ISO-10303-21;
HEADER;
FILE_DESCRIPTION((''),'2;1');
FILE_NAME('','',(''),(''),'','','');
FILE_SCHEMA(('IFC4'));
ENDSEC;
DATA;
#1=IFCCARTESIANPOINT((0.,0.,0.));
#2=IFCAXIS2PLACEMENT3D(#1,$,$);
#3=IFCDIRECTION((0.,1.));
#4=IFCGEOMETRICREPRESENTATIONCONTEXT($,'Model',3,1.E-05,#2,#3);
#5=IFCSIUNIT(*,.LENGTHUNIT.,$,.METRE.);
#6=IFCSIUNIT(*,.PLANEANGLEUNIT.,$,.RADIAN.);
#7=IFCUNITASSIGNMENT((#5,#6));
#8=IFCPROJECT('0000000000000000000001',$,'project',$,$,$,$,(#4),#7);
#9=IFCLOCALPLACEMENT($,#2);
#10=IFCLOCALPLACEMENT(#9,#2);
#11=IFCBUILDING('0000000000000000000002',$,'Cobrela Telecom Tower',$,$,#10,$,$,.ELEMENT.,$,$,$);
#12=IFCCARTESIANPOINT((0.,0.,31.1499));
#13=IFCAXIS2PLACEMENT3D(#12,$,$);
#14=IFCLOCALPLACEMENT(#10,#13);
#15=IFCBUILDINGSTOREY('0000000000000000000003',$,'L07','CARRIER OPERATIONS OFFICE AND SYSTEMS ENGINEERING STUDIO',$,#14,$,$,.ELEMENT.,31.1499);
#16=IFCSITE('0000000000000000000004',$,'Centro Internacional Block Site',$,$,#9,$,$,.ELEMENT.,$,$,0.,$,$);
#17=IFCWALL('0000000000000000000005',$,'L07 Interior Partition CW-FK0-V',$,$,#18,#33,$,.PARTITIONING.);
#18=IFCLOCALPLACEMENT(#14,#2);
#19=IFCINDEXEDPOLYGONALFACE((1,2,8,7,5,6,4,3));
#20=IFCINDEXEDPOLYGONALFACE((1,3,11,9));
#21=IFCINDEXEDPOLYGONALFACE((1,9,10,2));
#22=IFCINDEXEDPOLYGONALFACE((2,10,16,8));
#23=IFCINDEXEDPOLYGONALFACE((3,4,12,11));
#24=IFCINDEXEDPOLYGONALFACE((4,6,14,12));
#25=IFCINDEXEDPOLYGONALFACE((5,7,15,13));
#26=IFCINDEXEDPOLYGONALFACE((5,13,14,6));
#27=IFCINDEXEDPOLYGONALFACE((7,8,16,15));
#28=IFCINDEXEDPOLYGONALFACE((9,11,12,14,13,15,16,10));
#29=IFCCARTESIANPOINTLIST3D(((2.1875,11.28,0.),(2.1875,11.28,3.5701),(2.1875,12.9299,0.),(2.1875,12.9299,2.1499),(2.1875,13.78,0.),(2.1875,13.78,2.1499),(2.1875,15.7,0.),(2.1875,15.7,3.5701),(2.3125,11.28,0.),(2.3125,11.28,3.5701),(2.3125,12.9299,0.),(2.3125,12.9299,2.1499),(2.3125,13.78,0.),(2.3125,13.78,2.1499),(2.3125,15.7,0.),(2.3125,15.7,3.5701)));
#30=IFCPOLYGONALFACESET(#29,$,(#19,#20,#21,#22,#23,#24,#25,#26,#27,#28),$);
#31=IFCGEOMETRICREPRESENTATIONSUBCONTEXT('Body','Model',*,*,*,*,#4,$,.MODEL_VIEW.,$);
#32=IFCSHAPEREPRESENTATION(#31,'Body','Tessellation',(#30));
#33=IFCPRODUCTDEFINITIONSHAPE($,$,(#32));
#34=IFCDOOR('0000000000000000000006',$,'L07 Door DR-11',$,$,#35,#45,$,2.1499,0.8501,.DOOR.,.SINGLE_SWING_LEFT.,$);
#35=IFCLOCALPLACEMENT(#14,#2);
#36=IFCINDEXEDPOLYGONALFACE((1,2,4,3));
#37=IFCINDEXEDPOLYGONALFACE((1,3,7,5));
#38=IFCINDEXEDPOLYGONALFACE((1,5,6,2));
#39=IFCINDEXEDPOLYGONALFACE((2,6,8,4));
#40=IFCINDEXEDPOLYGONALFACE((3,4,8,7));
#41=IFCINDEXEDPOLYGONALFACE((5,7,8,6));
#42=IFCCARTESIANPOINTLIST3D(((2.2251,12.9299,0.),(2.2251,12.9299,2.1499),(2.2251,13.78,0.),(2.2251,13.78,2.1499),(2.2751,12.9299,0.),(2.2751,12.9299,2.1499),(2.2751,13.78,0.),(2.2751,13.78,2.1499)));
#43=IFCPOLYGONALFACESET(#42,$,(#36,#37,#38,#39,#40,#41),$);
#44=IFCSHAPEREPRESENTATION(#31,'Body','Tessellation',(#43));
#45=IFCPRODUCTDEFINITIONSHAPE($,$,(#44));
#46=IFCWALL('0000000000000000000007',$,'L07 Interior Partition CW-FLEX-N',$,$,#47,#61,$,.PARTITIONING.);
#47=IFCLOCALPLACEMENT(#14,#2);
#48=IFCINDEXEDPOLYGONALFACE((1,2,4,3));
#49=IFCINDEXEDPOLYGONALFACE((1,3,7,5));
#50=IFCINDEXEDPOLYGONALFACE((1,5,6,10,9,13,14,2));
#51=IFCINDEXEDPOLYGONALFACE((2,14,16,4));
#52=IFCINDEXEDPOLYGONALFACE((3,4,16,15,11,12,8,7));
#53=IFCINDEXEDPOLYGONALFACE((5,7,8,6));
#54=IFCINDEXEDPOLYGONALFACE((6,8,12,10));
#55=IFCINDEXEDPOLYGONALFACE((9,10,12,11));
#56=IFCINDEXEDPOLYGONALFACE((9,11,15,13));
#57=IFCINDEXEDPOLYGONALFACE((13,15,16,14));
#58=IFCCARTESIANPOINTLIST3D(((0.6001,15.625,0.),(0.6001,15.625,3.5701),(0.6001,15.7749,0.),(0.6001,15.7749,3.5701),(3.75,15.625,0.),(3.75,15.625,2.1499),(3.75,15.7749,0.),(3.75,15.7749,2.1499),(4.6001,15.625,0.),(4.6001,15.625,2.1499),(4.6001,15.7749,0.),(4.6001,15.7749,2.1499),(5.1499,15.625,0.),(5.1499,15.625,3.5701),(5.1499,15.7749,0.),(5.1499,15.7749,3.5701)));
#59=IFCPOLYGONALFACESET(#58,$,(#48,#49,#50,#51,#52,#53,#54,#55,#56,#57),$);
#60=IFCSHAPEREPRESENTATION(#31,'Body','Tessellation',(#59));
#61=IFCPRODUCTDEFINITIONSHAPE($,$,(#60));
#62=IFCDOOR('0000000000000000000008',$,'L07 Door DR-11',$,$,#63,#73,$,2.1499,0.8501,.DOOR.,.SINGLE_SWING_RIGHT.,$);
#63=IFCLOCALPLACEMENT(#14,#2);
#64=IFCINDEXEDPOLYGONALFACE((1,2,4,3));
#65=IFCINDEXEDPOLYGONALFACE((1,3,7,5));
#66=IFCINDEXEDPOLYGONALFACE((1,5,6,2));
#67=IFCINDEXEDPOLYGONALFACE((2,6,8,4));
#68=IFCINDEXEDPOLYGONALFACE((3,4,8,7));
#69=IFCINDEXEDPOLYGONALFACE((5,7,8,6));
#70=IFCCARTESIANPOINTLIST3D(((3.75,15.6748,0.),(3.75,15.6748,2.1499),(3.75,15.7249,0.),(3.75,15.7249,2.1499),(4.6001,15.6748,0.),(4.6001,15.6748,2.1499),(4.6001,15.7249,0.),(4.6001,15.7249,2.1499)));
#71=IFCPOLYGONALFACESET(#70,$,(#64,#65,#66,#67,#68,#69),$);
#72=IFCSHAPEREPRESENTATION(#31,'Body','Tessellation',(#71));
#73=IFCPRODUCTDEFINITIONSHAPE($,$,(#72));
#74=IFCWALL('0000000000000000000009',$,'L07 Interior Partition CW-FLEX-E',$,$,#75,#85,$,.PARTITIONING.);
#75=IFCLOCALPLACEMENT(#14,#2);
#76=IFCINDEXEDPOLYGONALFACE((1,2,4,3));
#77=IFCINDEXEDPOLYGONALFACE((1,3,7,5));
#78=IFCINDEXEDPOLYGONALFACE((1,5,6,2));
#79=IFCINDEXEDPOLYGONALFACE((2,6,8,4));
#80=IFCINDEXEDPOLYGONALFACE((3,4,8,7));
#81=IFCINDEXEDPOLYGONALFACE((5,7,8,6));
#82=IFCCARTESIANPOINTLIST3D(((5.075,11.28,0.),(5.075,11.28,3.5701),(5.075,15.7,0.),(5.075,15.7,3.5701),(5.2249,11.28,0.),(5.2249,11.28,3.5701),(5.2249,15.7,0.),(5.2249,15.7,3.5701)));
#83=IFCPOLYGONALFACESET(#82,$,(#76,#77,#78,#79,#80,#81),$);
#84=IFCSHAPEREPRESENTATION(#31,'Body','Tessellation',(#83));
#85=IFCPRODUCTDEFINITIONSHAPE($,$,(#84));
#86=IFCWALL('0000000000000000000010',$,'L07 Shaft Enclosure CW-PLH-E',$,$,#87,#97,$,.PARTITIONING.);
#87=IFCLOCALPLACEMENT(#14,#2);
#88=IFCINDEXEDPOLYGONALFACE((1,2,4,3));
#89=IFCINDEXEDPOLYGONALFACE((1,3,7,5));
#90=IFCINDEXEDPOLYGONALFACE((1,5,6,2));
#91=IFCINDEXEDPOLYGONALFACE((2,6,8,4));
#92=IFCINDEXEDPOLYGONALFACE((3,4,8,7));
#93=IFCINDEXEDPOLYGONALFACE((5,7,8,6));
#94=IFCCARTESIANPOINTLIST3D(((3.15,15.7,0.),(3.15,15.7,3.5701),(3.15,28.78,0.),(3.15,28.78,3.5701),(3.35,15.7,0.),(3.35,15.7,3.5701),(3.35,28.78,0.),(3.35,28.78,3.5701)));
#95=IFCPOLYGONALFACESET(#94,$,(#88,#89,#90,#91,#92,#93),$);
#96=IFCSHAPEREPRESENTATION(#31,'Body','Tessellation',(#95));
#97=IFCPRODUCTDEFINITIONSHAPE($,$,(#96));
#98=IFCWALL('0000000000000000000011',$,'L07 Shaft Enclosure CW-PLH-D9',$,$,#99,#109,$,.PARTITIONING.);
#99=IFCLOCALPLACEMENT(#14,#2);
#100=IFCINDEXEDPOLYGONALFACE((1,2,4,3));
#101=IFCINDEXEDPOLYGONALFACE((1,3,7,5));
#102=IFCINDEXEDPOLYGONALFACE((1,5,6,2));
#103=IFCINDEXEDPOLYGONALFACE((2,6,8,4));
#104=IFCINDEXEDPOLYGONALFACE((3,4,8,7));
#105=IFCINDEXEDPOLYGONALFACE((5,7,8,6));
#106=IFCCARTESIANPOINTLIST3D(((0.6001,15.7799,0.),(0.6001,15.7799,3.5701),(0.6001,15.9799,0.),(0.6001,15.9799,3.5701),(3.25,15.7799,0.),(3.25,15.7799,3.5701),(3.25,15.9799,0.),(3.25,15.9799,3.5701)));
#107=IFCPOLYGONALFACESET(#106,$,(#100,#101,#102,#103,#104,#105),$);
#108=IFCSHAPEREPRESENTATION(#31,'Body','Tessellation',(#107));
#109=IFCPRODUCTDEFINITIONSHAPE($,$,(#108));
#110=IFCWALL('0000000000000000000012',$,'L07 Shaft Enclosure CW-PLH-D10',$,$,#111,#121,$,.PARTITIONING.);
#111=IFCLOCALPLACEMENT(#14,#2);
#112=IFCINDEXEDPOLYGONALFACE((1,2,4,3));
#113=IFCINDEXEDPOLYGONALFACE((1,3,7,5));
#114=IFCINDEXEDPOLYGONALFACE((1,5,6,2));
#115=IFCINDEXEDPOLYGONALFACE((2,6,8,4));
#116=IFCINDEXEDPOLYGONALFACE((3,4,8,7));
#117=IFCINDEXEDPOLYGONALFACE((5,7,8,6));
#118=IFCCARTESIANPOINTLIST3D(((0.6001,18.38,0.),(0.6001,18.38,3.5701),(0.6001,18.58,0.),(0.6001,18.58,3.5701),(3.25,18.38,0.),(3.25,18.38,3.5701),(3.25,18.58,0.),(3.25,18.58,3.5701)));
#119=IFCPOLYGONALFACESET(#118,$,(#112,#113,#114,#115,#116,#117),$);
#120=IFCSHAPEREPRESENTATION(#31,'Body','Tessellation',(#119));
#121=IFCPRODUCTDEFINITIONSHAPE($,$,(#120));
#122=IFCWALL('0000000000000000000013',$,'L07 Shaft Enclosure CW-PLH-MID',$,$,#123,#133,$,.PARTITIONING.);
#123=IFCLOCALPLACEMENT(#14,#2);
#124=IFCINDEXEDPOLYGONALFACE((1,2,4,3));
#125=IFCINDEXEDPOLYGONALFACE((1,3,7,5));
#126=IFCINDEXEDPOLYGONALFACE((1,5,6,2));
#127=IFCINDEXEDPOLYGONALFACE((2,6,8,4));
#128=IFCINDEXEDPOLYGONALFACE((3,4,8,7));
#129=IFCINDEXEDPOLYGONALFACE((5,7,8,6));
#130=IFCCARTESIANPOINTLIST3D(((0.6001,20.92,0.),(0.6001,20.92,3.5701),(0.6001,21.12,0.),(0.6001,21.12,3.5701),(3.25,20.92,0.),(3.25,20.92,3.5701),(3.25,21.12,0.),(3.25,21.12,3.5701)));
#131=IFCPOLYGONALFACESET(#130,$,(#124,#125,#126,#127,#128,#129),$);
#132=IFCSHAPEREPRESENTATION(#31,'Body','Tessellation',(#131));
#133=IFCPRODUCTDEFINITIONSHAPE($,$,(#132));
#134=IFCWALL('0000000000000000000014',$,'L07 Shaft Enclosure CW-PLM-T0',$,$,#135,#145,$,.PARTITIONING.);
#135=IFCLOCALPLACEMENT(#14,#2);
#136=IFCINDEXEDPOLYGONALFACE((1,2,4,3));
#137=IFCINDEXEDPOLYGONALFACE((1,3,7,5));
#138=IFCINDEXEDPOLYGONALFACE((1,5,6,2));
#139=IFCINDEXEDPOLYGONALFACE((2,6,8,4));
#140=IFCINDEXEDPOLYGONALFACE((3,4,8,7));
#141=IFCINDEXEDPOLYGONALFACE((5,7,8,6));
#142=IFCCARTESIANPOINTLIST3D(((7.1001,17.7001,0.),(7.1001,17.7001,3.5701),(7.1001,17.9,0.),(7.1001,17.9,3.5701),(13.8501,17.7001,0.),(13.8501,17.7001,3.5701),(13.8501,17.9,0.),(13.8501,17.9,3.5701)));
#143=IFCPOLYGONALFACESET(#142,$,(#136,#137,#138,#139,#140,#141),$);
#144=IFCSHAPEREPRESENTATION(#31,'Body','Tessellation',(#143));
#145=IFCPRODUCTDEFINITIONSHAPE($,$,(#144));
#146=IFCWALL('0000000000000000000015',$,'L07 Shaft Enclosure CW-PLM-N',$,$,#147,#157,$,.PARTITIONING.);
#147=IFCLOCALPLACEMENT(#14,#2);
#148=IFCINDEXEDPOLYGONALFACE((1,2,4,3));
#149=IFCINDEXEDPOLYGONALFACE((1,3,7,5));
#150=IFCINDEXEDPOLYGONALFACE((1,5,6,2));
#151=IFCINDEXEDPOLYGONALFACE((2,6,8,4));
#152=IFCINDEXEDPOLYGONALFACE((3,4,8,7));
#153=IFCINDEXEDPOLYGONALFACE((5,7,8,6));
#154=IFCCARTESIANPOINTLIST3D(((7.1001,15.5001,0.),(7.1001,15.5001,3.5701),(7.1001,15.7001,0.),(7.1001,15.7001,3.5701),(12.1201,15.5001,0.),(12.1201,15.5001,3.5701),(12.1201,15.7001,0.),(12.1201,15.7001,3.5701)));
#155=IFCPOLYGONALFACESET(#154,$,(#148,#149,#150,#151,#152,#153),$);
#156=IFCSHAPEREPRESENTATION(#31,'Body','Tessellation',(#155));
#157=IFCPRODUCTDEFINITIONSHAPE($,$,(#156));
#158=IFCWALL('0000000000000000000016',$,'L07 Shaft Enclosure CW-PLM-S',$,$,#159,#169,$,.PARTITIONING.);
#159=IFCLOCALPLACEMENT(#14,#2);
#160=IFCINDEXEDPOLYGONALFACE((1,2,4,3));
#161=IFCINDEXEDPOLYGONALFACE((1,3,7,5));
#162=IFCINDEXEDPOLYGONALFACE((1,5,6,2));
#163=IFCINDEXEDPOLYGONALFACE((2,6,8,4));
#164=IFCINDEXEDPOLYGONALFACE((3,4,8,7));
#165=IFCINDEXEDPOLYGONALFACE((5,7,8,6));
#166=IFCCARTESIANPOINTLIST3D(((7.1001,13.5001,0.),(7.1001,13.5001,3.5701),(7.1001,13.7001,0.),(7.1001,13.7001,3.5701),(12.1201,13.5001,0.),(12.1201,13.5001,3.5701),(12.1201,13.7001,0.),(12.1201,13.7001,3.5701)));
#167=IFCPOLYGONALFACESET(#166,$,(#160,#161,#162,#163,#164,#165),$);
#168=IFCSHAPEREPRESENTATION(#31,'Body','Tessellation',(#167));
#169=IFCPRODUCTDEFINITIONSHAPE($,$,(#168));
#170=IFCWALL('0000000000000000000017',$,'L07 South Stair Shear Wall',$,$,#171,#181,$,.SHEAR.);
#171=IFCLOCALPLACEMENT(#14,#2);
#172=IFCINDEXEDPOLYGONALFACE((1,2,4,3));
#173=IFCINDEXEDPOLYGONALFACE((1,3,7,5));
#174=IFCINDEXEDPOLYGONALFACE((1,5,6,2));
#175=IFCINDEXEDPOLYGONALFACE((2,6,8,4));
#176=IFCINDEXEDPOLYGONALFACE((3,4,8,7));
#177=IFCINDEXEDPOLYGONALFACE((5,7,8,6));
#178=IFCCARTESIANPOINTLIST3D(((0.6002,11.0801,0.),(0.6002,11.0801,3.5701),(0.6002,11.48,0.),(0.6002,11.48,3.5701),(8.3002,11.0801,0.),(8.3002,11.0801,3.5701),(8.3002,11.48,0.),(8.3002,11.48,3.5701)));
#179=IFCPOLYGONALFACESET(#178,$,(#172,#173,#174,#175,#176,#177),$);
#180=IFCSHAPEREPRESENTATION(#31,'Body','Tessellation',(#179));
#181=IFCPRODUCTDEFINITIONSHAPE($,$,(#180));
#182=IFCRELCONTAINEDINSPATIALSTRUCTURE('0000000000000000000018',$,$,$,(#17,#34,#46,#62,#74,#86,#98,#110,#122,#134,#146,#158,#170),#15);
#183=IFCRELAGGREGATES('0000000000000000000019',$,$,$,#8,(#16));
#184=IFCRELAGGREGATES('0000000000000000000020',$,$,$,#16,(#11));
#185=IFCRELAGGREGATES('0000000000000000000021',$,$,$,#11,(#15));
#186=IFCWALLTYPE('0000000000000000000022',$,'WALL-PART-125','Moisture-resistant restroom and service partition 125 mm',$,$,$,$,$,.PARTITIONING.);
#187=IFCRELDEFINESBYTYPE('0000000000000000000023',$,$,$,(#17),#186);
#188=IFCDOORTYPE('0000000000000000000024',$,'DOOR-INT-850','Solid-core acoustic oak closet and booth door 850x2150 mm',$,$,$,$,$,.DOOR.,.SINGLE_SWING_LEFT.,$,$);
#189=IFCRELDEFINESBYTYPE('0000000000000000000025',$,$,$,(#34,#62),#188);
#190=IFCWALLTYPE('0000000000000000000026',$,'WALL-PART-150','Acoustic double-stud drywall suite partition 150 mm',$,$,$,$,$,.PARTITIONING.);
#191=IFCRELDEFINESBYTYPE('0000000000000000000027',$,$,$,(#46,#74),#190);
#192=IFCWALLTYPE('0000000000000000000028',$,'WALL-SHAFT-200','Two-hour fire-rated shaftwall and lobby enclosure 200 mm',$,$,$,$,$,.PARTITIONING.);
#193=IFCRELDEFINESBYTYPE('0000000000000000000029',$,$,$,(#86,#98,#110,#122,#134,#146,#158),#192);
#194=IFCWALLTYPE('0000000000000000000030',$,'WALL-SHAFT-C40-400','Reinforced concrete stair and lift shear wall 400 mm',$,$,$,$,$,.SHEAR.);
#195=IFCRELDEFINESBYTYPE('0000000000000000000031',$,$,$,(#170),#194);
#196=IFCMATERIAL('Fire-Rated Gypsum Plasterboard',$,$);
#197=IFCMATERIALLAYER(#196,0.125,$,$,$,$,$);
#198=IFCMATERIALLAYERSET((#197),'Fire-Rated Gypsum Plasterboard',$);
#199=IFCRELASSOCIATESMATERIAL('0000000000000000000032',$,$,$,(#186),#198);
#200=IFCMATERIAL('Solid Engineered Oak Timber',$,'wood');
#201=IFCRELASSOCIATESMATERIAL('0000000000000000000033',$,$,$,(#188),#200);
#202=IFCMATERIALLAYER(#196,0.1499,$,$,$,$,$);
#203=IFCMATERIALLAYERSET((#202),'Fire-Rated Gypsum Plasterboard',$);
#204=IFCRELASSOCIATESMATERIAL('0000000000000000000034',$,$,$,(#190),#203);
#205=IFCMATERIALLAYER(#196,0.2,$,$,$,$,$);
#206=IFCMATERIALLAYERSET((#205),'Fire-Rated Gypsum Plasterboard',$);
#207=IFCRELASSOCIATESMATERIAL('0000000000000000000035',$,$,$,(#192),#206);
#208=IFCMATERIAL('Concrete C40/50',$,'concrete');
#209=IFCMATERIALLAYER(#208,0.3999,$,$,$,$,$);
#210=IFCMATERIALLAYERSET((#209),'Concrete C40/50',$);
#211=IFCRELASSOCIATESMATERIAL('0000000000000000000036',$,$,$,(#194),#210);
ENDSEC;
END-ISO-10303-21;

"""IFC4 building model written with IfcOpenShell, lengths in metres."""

from ifc_helpers import new_model, si_unit, direction, frame, frame_2d, origin, place, context, subcontext, project, spatial, rectangle, extrude, material, layer, layer_set, type_object, element, fill, save


model = new_model("IFC4")

# Units and contexts
model_context = context("Model", 3, precision=1e-05, world=origin(), true_north=direction((0.0, 1.0)))
body_context = subcontext(model_context, "Body", "Model", "MODEL_VIEW")
ifc_project = project(units=[si_unit("LENGTHUNIT", "METRE"), si_unit("PLANEANGLEUNIT", "RADIAN")], contexts=[model_context])

# Site, building, storey
site_placement = place(None, origin())
site = spatial("IfcSite", under=ifc_project, at=site_placement, Name="Centro Internacional Block Site", CompositionType="ELEMENT", RefElevation=0.0)
building_placement = place(site_placement, origin())
building = spatial("IfcBuilding", under=site, at=building_placement, Name="Cobrela Telecom Tower", CompositionType="ELEMENT")
storey_placement = place(building_placement, frame((0.0, 0.0, 31.1499)))
storey = spatial("IfcBuildingStorey", under=building, at=storey_placement, Name="L07", Description="CARRIER OPERATIONS OFFICE AND SYSTEMS ENGINEERING STUDIO", CompositionType="ELEMENT", Elevation=31.1499)

# Walls, openings, doors
ifc_material_1 = material(Name="Fire-Rated Gypsum Plasterboard")
ifc_layer_1 = layer(ifc_material_1, 0.125)
ifc_layer_set_1 = layer_set([ifc_layer_1], Name="Fire-Rated Gypsum Plasterboard")
wall_type_1 = type_object("IfcWallType", Name="WALL-PART-125", Description="Moisture-resistant restroom and service partition 125 mm", PredefinedType="PARTITIONING", material=ifc_layer_set_1)
wall_1_placement = place(storey_placement, frame((2.25, 11.28, 0.0), z_axis=(0.0, 0.0, 1.0), x_axis=(0.0, 1.0, 0.0)))
wall_1 = element("IfcWall", 1, at=wall_1_placement, inside=storey, type_object=wall_type_1, Name="L07 Interior Partition CW-FK0-V", PredefinedType="PARTITIONING", context=body_context, shape_type="SweptSolid", body=[
    extrude(rectangle(XDim=4.4199, YDim=0.125, at=frame_2d((2.21, 0.0))), origin(), (0.0, 0.0, 1.0), 3.5701),
])
opening_1_placement = place(wall_1_placement, frame((1.6499, 0.0, 0.0)))
opening_1 = element("IfcOpeningElement", 2, at=opening_1_placement, cuts=wall_1, PredefinedType="OPENING", context=body_context, shape_type="SweptSolid", body=[
    extrude(rectangle(XDim=0.8501, YDim=2.1499, at=frame_2d((0.425, 1.075))), frame((0.0, 0.0745, 0.0), z_axis=(0.0, -1.0, 0.0), x_axis=(1.0, 0.0, 0.0)), (0.0, 0.0, 1.0), 0.1489),
])
ifc_material_2 = material(Name="Solid Engineered Oak Timber", Category="wood")
door_type = type_object("IfcDoorType", Name="DOOR-INT-850", Description="Solid-core acoustic oak closet and booth door 850x2150 mm", OperationType="SINGLE_SWING_LEFT", PredefinedType="DOOR", material=ifc_material_2)
door_1_placement = place(opening_1_placement, origin())
door_1 = element("IfcDoor", 3, at=door_1_placement, inside=storey, type_object=door_type, Name="L07 Door DR-11", OperationType="SINGLE_SWING_LEFT", OverallHeight=2.1499, OverallWidth=0.8501, PredefinedType="DOOR", context=body_context, shape_type="SweptSolid", body=[
    extrude(rectangle(XDim=0.8501, YDim=2.1499, at=frame_2d((0.425, 1.075))), frame((0.0, 0.0249, 0.0), z_axis=(0.0, -1.0, 0.0), x_axis=(1.0, 0.0, 0.0)), (0.0, 0.0, 1.0), 0.05),
])
fill(opening_1, door_1)
ifc_layer_2 = layer(ifc_material_1, 0.1499)
ifc_layer_set_2 = layer_set([ifc_layer_2], Name="Fire-Rated Gypsum Plasterboard")
wall_type_2 = type_object("IfcWallType", Name="WALL-PART-150", Description="Acoustic double-stud drywall suite partition 150 mm", PredefinedType="PARTITIONING", material=ifc_layer_set_2)
wall_2_placement = place(storey_placement, frame((0.6001, 15.7, 0.0), z_axis=(0.0, 0.0, 1.0), x_axis=(1.0, 0.0, 0.0)))
wall_2 = element("IfcWall", 4, at=wall_2_placement, inside=storey, type_object=wall_type_2, Name="L07 Interior Partition CW-FLEX-N", PredefinedType="PARTITIONING", context=body_context, shape_type="SweptSolid", body=[
    extrude(rectangle(XDim=4.5498, YDim=0.1499, at=frame_2d((2.2749, 0.0))), origin(), (0.0, 0.0, 1.0), 3.5701),
])
opening_2_placement = place(wall_2_placement, frame((3.1499, 0.0, 0.0)))
opening_2 = element("IfcOpeningElement", 5, at=opening_2_placement, cuts=wall_2, PredefinedType="OPENING", context=body_context, shape_type="SweptSolid", body=[
    extrude(rectangle(XDim=0.8501, YDim=2.1499, at=frame_2d((0.425, 1.075))), frame((0.0, 0.0869, 0.0), z_axis=(0.0, -1.0, 0.0), x_axis=(1.0, 0.0, 0.0)), (0.0, 0.0, 1.0), 0.1738),
])
door_2_placement = place(opening_2_placement, origin())
door_2 = element("IfcDoor", 6, at=door_2_placement, inside=storey, type_object=door_type, Name="L07 Door DR-11", OperationType="SINGLE_SWING_RIGHT", OverallHeight=2.1499, OverallWidth=0.8501, PredefinedType="DOOR", context=body_context, shape_type="SweptSolid", body=[
    extrude(rectangle(XDim=0.8501, YDim=2.1499, at=frame_2d((0.425, 1.075))), frame((0.0, 0.0249, 0.0), z_axis=(0.0, -1.0, 0.0), x_axis=(1.0, 0.0, 0.0)), (0.0, 0.0, 1.0), 0.05),
])
fill(opening_2, door_2)

# Walls
wall_3_placement = place(storey_placement, frame((5.1499, 11.28, 0.0), z_axis=(0.0, 0.0, 1.0), x_axis=(0.0, 1.0, 0.0)))
element("IfcWall", 7, at=wall_3_placement, inside=storey, type_object=wall_type_2, Name="L07 Interior Partition CW-FLEX-E", PredefinedType="PARTITIONING", context=body_context, shape_type="SweptSolid", body=[
    extrude(rectangle(XDim=4.4199, YDim=0.1499, at=frame_2d((2.21, 0.0))), origin(), (0.0, 0.0, 1.0), 3.5701),
])
ifc_layer_3 = layer(ifc_material_1, 0.2)
ifc_layer_set_3 = layer_set([ifc_layer_3], Name="Fire-Rated Gypsum Plasterboard")
wall_type_3 = type_object("IfcWallType", Name="WALL-SHAFT-200", Description="Two-hour fire-rated shaftwall and lobby enclosure 200 mm", PredefinedType="PARTITIONING", material=ifc_layer_set_3)
wall_4_placement = place(storey_placement, frame((3.25, 15.7, 0.0), z_axis=(0.0, 0.0, 1.0), x_axis=(0.0, 1.0, 0.0)))
element("IfcWall", 8, at=wall_4_placement, inside=storey, type_object=wall_type_3, Name="L07 Shaft Enclosure CW-PLH-E", PredefinedType="PARTITIONING", context=body_context, shape_type="SweptSolid", body=[
    extrude(rectangle(XDim=13.0801, YDim=0.2, at=frame_2d((6.54, 0.0))), origin(), (0.0, 0.0, 1.0), 3.5701),
])
for number, where, z_axis, x_axis, name in (
    (9, (0.6001, 15.8799, 0.0), (0.0, 0.0, 1.0), (1.0, 0.0, 0.0), "L07 Shaft Enclosure CW-PLH-D9"),
    (10, (0.6001, 18.48, 0.0), (0.0, 0.0, 1.0), (1.0, 0.0, 0.0), "L07 Shaft Enclosure CW-PLH-D10"),
    (11, (0.6001, 21.02, 0.0), (0.0, 0.0, 1.0), (1.0, 0.0, 0.0), "L07 Shaft Enclosure CW-PLH-MID"),
):
    element("IfcWall", number, at=place(storey_placement, frame(where, z_axis=z_axis, x_axis=x_axis)), inside=storey, type_object=wall_type_3, Name=name, PredefinedType="PARTITIONING", context=body_context, shape_type="SweptSolid", body=[
        extrude(rectangle(XDim=2.6499, YDim=0.2, at=frame_2d((1.325, 0.0))), origin(), (0.0, 0.0, 1.0), 3.5701),
    ])
wall_5_placement = place(storey_placement, frame((7.1001, 17.8, 0.0), z_axis=(0.0, 0.0, 1.0), x_axis=(1.0, 0.0, 0.0)))
element("IfcWall", 12, at=wall_5_placement, inside=storey, type_object=wall_type_3, Name="L07 Shaft Enclosure CW-PLM-T0", PredefinedType="PARTITIONING", context=body_context, shape_type="SweptSolid", body=[
    extrude(rectangle(XDim=6.75, YDim=0.2, at=frame_2d((3.375, 0.0))), origin(), (0.0, 0.0, 1.0), 3.5701),
])
for number, where, z_axis, x_axis, name in (
    (13, (7.1001, 15.6001, 0.0), (0.0, 0.0, 1.0), (1.0, 0.0, 0.0), "L07 Shaft Enclosure CW-PLM-N"),
    (14, (7.1001, 13.6001, 0.0), (0.0, 0.0, 1.0), (1.0, 0.0, 0.0), "L07 Shaft Enclosure CW-PLM-S"),
):
    element("IfcWall", number, at=place(storey_placement, frame(where, z_axis=z_axis, x_axis=x_axis)), inside=storey, type_object=wall_type_3, Name=name, PredefinedType="PARTITIONING", context=body_context, shape_type="SweptSolid", body=[
        extrude(rectangle(XDim=5.02, YDim=0.2, at=frame_2d((2.51, 0.0))), origin(), (0.0, 0.0, 1.0), 3.5701),
    ])
ifc_material_3 = material(Name="Concrete C40/50", Category="concrete")
ifc_layer_4 = layer(ifc_material_3, 0.3999)
ifc_layer_set_4 = layer_set([ifc_layer_4], Name="Concrete C40/50")
wall_type_4 = type_object("IfcWallType", Name="WALL-SHAFT-C40-400", Description="Reinforced concrete stair and lift shear wall 400 mm", PredefinedType="SHEAR", material=ifc_layer_set_4)
wall_6_placement = place(storey_placement, frame((0.6001, 11.28, 0.0), z_axis=(0.0, 0.0, 1.0), x_axis=(1.0, 0.0, 0.0)))
element("IfcWall", 15, at=wall_6_placement, inside=storey, type_object=wall_type_4, Name="L07 South Stair Shear Wall", PredefinedType="SHEAR", context=body_context, shape_type="SweptSolid", body=[
    extrude(rectangle(XDim=7.7, YDim=0.3999, at=frame_2d((3.8501, 0.0))), origin(), (0.0, 0.0, 1.0), 3.5701),
])

save(model, "model.ifc")
